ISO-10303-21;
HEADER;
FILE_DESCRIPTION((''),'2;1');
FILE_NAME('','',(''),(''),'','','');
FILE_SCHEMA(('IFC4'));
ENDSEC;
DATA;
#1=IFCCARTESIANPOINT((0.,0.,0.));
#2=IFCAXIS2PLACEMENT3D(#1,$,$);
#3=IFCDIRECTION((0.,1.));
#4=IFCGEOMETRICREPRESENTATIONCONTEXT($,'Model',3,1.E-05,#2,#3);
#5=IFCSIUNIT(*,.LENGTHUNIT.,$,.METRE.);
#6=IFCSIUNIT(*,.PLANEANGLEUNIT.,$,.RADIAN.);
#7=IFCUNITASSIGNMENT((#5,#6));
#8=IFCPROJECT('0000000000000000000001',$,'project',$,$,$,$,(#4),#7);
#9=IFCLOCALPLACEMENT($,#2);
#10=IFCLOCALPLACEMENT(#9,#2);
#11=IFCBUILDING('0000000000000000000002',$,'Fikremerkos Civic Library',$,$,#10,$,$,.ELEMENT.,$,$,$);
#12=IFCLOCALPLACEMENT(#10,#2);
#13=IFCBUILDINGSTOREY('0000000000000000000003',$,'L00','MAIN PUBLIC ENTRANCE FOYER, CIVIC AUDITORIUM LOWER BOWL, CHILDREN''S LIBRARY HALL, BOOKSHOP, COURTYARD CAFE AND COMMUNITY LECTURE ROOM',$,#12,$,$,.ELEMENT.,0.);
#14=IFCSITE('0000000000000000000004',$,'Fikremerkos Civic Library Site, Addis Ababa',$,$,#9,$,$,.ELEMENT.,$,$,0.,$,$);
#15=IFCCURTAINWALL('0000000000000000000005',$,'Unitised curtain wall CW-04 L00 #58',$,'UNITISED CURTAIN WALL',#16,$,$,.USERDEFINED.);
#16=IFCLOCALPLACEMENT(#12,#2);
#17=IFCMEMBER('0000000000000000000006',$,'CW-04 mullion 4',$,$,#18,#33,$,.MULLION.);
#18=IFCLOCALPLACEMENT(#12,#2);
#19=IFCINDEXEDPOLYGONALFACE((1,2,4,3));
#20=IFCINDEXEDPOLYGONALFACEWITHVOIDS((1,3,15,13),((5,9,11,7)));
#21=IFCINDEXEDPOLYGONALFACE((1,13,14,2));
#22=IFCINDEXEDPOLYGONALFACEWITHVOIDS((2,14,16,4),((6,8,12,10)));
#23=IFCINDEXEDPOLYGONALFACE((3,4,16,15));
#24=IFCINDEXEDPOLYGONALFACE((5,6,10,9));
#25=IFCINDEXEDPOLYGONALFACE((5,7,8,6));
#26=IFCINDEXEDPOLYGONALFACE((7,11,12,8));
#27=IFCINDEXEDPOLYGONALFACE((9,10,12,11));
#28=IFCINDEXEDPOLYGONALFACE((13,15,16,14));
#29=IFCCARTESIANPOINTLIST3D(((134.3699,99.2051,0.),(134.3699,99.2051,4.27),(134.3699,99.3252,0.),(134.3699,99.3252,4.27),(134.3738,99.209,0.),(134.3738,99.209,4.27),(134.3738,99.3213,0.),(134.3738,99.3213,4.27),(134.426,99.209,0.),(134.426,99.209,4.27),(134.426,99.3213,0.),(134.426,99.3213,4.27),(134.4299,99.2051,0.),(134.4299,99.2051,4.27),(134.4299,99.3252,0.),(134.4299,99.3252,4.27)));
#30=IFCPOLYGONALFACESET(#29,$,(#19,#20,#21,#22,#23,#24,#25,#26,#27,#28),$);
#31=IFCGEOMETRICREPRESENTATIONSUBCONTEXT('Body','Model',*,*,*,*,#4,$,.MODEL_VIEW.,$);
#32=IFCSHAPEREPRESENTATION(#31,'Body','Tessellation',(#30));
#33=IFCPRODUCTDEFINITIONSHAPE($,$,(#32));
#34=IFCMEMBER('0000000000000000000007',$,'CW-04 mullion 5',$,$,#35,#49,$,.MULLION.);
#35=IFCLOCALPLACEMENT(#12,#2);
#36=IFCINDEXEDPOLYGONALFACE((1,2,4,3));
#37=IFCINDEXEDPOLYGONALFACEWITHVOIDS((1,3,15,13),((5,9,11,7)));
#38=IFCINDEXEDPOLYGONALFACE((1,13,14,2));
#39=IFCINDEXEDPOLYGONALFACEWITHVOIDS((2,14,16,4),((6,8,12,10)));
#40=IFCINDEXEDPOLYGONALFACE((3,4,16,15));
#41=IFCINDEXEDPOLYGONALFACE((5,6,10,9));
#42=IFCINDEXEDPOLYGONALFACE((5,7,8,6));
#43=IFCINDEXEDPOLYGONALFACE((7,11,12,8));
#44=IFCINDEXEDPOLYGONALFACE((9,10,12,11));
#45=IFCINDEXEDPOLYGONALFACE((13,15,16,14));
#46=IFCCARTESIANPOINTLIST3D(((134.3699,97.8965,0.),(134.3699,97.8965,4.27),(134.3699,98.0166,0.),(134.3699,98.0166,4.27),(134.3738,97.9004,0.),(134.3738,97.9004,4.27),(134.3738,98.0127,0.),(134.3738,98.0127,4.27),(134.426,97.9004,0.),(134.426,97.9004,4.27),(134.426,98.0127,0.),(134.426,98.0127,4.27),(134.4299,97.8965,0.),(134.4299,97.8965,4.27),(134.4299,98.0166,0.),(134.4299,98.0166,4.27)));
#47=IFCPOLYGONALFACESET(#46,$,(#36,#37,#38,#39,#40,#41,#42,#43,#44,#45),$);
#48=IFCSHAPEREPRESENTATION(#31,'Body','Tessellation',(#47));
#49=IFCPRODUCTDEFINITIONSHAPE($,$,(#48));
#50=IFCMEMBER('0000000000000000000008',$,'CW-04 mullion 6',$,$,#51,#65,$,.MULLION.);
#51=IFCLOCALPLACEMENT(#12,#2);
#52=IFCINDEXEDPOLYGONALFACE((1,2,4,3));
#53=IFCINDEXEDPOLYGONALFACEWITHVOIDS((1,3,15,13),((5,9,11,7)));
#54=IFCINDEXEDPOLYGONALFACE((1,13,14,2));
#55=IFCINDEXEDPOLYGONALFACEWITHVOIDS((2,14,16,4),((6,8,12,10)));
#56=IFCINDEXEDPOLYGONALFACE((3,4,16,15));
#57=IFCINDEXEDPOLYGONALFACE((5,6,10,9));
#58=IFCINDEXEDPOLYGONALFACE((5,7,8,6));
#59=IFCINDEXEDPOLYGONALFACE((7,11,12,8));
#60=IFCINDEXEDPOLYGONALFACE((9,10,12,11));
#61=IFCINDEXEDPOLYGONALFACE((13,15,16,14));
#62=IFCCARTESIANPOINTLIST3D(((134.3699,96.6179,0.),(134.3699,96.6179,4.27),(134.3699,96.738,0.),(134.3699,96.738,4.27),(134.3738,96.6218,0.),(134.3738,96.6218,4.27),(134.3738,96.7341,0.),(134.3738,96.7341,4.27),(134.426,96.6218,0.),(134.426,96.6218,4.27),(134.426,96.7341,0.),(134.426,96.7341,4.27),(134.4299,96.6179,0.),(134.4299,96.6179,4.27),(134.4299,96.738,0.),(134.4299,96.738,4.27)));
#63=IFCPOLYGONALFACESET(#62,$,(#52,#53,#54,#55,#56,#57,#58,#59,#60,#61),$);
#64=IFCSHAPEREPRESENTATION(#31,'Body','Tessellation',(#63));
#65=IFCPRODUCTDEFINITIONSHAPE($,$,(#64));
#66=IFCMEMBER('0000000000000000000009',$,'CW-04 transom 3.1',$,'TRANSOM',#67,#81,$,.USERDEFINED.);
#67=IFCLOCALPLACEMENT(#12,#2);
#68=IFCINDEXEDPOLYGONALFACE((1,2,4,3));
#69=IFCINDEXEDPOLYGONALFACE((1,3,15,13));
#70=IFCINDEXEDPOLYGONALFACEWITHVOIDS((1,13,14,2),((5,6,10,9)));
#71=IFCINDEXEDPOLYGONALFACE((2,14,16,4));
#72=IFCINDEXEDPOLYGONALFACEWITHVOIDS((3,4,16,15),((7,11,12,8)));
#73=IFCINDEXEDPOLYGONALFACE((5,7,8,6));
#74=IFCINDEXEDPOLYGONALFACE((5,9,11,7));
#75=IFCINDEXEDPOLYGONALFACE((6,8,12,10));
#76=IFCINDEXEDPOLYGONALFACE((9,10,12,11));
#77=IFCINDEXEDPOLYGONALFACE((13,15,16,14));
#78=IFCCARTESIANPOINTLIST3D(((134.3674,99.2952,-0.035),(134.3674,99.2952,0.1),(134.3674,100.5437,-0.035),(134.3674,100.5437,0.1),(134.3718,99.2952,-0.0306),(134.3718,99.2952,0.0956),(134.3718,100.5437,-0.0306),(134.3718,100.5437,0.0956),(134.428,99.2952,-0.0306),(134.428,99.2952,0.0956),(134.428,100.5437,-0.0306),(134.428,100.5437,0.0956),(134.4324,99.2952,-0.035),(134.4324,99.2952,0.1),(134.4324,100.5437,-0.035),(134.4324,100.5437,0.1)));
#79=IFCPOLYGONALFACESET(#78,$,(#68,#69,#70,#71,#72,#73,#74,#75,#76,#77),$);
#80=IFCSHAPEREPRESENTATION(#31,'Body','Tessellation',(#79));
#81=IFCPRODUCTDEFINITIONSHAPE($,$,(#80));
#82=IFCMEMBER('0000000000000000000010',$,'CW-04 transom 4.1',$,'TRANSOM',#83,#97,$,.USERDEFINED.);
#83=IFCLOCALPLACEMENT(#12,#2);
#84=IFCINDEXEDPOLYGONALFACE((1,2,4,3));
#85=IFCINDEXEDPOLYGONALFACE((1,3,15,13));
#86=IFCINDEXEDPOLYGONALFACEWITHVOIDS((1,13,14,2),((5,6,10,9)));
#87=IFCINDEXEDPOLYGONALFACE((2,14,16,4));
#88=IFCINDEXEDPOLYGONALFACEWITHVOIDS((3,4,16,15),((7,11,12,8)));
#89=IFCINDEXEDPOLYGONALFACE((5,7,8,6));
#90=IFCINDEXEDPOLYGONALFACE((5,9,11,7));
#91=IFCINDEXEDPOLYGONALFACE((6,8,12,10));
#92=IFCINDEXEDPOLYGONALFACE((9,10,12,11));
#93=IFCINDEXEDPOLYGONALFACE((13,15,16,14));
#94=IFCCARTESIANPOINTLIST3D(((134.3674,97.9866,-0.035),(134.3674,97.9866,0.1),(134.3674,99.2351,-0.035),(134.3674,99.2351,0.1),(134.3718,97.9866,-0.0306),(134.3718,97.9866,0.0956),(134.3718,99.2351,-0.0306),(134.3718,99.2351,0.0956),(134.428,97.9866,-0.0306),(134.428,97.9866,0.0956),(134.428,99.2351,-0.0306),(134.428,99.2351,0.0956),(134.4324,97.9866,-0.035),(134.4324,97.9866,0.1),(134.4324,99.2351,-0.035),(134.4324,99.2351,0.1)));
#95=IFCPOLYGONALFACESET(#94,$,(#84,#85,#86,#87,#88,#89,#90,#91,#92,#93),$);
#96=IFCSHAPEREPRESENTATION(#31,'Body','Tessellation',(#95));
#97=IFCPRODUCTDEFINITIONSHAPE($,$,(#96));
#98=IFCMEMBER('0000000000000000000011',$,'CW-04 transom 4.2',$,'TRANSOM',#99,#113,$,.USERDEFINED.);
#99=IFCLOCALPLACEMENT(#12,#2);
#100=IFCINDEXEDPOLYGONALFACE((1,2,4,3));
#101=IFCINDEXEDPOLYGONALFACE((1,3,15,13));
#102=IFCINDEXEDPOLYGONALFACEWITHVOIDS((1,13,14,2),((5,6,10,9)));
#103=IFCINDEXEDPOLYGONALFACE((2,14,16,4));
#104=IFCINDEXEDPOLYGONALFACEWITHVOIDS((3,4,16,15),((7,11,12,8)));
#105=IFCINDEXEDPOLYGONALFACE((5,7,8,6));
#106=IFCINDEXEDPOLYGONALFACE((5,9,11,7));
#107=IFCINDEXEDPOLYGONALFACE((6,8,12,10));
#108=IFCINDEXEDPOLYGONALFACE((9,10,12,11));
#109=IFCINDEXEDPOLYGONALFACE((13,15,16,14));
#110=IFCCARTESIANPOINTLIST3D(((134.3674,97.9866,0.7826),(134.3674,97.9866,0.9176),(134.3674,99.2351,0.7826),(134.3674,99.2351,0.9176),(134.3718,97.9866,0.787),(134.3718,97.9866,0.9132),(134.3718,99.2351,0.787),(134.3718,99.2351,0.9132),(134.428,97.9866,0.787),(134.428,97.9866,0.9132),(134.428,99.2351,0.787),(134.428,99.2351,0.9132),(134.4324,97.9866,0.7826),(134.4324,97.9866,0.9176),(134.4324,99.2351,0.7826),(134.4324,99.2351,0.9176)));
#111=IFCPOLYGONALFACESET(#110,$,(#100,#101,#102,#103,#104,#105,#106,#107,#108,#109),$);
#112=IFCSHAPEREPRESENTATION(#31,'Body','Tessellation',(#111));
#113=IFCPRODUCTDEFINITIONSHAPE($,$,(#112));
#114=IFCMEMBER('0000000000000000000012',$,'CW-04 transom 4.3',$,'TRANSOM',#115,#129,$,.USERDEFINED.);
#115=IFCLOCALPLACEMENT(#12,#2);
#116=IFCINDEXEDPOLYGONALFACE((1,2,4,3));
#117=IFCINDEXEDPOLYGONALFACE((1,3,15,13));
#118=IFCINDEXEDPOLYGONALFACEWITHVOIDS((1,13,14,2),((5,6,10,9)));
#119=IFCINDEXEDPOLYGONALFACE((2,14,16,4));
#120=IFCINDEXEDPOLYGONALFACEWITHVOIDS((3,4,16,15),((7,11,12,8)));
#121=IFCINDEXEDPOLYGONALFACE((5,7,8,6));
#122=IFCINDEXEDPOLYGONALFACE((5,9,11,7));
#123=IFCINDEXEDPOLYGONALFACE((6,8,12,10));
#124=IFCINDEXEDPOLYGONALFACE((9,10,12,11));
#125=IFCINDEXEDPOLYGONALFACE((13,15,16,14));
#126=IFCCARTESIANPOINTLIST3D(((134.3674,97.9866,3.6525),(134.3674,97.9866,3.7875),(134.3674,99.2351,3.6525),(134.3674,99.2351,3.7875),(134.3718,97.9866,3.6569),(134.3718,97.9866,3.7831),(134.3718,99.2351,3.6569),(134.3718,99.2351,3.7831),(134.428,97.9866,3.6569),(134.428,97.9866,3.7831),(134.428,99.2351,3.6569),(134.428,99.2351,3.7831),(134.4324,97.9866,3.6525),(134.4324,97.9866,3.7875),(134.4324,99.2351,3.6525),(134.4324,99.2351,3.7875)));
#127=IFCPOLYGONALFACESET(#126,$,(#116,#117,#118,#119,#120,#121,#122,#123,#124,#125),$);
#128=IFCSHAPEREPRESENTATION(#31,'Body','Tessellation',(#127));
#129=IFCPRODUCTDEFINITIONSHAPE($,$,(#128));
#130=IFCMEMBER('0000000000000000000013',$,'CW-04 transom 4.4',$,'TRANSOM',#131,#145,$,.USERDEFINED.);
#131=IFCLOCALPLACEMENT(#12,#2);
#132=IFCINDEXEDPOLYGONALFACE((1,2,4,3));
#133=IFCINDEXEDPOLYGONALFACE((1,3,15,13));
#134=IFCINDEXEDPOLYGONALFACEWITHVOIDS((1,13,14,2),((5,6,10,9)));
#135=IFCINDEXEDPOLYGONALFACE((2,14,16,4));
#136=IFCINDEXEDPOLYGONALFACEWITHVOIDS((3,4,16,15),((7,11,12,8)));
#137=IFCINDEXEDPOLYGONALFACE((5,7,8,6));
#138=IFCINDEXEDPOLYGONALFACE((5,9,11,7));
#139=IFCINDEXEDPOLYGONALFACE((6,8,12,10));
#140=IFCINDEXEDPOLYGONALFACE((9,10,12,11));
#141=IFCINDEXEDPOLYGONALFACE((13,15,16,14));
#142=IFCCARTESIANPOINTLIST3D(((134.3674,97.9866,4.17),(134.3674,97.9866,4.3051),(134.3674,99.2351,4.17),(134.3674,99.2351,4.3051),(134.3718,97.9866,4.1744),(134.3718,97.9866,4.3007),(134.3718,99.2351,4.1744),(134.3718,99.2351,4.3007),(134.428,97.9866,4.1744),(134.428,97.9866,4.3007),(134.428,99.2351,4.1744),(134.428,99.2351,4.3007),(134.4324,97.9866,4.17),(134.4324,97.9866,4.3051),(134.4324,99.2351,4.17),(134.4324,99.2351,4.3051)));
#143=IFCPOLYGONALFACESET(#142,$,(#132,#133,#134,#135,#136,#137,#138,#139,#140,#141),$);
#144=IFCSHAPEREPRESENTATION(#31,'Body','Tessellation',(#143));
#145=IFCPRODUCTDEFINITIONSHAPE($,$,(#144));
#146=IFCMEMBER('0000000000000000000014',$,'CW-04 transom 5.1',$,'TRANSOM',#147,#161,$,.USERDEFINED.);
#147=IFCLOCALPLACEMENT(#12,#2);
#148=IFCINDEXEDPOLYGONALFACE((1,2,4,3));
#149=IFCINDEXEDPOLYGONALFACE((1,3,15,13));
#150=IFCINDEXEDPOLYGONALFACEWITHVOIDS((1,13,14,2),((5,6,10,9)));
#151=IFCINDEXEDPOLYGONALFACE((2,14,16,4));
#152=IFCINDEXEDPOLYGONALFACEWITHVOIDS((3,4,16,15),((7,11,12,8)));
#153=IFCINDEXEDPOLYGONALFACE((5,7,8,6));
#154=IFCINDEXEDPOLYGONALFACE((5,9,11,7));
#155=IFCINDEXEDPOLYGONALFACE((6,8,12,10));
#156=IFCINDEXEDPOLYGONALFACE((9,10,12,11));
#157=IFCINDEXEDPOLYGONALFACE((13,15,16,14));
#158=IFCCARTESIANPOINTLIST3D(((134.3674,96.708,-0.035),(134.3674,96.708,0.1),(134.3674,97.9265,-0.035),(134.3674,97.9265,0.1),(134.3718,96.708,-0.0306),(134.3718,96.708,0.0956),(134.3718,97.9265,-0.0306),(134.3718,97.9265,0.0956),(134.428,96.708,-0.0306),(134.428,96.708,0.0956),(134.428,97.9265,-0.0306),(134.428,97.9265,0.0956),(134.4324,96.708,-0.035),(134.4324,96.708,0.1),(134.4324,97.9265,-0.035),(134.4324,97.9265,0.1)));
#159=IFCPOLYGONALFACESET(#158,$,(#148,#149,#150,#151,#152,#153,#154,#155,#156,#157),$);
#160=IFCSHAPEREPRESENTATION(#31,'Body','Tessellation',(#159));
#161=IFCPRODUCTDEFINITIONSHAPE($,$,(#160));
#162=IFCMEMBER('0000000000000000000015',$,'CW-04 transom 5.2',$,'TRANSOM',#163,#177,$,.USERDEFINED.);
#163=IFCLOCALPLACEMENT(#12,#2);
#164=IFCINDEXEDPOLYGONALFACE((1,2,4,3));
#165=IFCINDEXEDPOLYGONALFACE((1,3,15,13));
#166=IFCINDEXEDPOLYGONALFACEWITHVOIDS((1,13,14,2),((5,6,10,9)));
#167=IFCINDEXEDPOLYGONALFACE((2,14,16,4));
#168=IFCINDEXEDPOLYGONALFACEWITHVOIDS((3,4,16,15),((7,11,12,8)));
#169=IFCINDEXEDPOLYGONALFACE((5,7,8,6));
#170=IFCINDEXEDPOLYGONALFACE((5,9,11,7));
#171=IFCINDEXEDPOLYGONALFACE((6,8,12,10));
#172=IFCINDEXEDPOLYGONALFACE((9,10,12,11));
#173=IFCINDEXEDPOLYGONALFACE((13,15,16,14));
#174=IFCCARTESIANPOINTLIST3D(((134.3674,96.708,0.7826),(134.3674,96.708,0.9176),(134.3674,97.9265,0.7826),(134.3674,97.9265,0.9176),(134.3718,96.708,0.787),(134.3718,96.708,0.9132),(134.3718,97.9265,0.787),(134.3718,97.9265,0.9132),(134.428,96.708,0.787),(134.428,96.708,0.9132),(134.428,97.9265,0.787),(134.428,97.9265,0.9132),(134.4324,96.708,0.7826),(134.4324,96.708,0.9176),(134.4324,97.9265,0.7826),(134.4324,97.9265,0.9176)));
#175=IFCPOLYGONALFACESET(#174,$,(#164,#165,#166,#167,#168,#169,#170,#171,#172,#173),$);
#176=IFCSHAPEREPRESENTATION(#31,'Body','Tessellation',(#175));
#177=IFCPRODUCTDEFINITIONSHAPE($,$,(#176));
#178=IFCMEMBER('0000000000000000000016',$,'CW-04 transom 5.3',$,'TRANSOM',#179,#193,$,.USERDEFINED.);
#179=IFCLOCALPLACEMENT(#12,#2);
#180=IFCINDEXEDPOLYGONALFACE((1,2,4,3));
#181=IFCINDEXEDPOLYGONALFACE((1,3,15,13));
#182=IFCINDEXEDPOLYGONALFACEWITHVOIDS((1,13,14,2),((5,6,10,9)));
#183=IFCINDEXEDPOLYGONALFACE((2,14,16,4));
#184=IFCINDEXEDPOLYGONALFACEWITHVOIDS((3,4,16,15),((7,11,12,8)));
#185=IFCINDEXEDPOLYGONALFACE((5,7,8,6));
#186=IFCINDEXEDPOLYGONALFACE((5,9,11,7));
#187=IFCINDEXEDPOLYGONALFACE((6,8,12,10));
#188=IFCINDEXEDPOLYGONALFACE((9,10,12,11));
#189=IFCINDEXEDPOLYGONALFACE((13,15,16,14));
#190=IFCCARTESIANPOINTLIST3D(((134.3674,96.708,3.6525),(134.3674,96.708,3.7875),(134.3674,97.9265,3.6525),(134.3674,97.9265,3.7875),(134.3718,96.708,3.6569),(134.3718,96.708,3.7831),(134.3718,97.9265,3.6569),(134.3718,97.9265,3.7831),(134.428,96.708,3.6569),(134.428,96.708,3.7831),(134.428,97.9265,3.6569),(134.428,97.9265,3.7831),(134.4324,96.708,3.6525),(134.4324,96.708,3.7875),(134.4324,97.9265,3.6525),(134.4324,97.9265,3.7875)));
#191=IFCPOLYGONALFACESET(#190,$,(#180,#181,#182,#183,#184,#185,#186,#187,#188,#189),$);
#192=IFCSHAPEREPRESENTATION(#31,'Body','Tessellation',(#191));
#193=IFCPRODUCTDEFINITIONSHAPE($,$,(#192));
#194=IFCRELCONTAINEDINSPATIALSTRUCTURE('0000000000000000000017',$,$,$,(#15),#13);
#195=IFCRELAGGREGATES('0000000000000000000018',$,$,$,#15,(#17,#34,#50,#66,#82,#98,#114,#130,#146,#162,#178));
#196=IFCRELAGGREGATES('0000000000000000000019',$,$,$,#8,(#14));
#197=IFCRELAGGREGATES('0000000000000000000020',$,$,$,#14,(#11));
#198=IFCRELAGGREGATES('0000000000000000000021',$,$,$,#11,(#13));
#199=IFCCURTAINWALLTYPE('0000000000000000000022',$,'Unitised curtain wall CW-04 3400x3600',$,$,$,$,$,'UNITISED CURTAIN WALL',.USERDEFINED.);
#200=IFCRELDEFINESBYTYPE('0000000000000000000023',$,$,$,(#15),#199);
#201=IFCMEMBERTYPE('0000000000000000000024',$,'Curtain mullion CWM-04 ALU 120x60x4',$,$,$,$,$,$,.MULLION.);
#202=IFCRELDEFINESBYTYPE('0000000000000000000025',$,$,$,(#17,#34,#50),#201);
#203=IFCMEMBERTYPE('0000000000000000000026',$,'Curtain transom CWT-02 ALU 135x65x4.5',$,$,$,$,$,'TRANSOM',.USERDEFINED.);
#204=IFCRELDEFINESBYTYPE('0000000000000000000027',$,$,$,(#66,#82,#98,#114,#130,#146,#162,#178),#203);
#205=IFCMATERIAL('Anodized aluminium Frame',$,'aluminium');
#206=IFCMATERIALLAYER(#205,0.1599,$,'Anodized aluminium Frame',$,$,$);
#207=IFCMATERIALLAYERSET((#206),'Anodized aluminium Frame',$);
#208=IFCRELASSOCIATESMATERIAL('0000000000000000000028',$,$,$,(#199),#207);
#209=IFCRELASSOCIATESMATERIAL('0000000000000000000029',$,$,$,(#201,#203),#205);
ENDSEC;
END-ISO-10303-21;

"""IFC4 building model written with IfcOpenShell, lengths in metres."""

from ifc_helpers import new_model, si_unit, direction, frame, origin, origin_2d, place, context, subcontext, project, spatial, hollow_rectangle, extrude, material, layer, layer_set, material_profile, profile_set, type_object, element, aggregate, save


model = new_model("IFC4")

# Units and contexts
model_context = context("Model", 3, precision=1e-05, world=origin(), true_north=direction((0.0, 1.0)))
body_context = subcontext(model_context, "Body", "Model", "MODEL_VIEW")
ifc_project = project(units=[si_unit("LENGTHUNIT", "METRE"), si_unit("PLANEANGLEUNIT", "RADIAN")], contexts=[model_context])

# Site, building, storey
site_placement = place(None, origin())
site = spatial("IfcSite", under=ifc_project, at=site_placement, Name="Fikremerkos Civic Library Site, Addis Ababa", CompositionType="ELEMENT", RefElevation=0.0)
building_placement = place(site_placement, origin())
building = spatial("IfcBuilding", under=site, at=building_placement, Name="Fikremerkos Civic Library", CompositionType="ELEMENT")
storey_placement = place(building_placement, origin())
storey = spatial("IfcBuildingStorey", under=building, at=storey_placement, Name="L00", Description="MAIN PUBLIC ENTRANCE FOYER, CIVIC AUDITORIUM LOWER BOWL, CHILDREN'S LIBRARY HALL, BOOKSHOP, COURTYARD CAFE AND COMMUNITY LECTURE ROOM", CompositionType="ELEMENT", Elevation=0.0)

# Curtain wall, members
ifc_material_1 = material(Name="Anodized aluminium Frame", Category="aluminium")
ifc_layer_1 = layer(ifc_material_1, 0.1599, Name="Anodized aluminium Frame")
ifc_layer_set_1 = layer_set([ifc_layer_1], Name="Anodized aluminium Frame")
curtain_wall_type = type_object("IfcCurtainWallType", Name="Unitised curtain wall CW-04 3400x3600", ElementType="UNITISED CURTAIN WALL", PredefinedType="USERDEFINED", material=ifc_layer_set_1)
curtain_wall_placement = place(storey_placement, origin())
curtain_wall = element("IfcCurtainWall", 1, at=curtain_wall_placement, inside=storey, type_object=curtain_wall_type, Name="Unitised curtain wall CW-04 L00 #58", ObjectType="UNITISED CURTAIN WALL", PredefinedType="USERDEFINED")
ifc_material_profile_1 = material_profile(ifc_material_1, hollow_rectangle(XDim=0.0601, YDim=0.1201, WallThickness=0.0039, at=origin_2d()), Name="ALU 120x60x4")
ifc_profile_set_1 = profile_set([ifc_material_profile_1], Name="Anodized aluminium Frame")
member_type_1 = type_object("IfcMemberType", Name="Curtain mullion CWM-04 ALU 120x60x4", PredefinedType="MULLION", material=ifc_profile_set_1)
member_1_placement = place(storey_placement, frame((134.3999, 99.2651, 0.0), z_axis=(0.0, 0.0, 1.0), x_axis=(1.0, 0.0, 0.0)))
member_1 = element("IfcMember", 2, at=member_1_placement, type_object=member_type_1, Name="CW-04 mullion 4", PredefinedType="MULLION", context=body_context, shape_type="SweptSolid", body=[
    extrude(hollow_rectangle(XDim=0.0601, YDim=0.1201, WallThickness=0.0039, at=origin_2d()), origin(), (0.0, 0.0, 1.0), 4.27),
])
member_2_placement = place(storey_placement, frame((134.3999, 97.9565, 0.0), z_axis=(0.0, 0.0, 1.0), x_axis=(1.0, 0.0, 0.0)))
member_2 = element("IfcMember", 3, at=member_2_placement, type_object=member_type_1, Name="CW-04 mullion 5", PredefinedType="MULLION", context=body_context, shape_type="SweptSolid", body=[
    extrude(hollow_rectangle(XDim=0.0601, YDim=0.1201, WallThickness=0.0039, at=origin_2d()), origin(), (0.0, 0.0, 1.0), 4.27),
])
member_3_placement = place(storey_placement, frame((134.3999, 96.678, 0.0), z_axis=(0.0, 0.0, 1.0), x_axis=(1.0, 0.0, 0.0)))
member_3 = element("IfcMember", 4, at=member_3_placement, type_object=member_type_1, Name="CW-04 mullion 6", PredefinedType="MULLION", context=body_context, shape_type="SweptSolid", body=[
    extrude(hollow_rectangle(XDim=0.0601, YDim=0.1201, WallThickness=0.0039, at=origin_2d()), origin(), (0.0, 0.0, 1.0), 4.27),
])
ifc_material_profile_2 = material_profile(ifc_material_1, hollow_rectangle(XDim=0.0649, YDim=0.135, WallThickness=0.0044, at=origin_2d()), Name="ALU 135x65x4.5")
ifc_profile_set_2 = profile_set([ifc_material_profile_2], Name="Anodized aluminium Frame")
member_type_2 = type_object("IfcMemberType", Name="Curtain transom CWT-02 ALU 135x65x4.5", ElementType="TRANSOM", PredefinedType="USERDEFINED", material=ifc_profile_set_2)
member_4_placement = place(storey_placement, frame((134.3999, 100.5437, 0.0325), z_axis=(0.0, -1.0, 0.0), x_axis=(1.0, 0.0, 0.0)))
member_4 = element("IfcMember", 5, at=member_4_placement, type_object=member_type_2, Name="CW-04 transom 3.1", ObjectType="TRANSOM", PredefinedType="USERDEFINED", context=body_context, shape_type="SweptSolid", body=[
    extrude(hollow_rectangle(XDim=0.0649, YDim=0.135, WallThickness=0.0044, at=origin_2d()), origin(), (0.0, 0.0, 1.0), 1.2485),
])
member_5_placement = place(storey_placement, frame((134.3999, 99.2351, 0.0325), z_axis=(0.0, -1.0, 0.0), x_axis=(1.0, 0.0, 0.0)))
member_5 = element("IfcMember", 6, at=member_5_placement, type_object=member_type_2, Name="CW-04 transom 4.1", ObjectType="TRANSOM", PredefinedType="USERDEFINED", context=body_context, shape_type="SweptSolid", body=[
    extrude(hollow_rectangle(XDim=0.0649, YDim=0.135, WallThickness=0.0044, at=origin_2d()), origin(), (0.0, 0.0, 1.0), 1.2485),
])
member_6_placement = place(storey_placement, frame((134.3999, 99.2351, 0.8501), z_axis=(0.0, -1.0, 0.0), x_axis=(1.0, 0.0, 0.0)))
member_6 = element("IfcMember", 7, at=member_6_placement, type_object=member_type_2, Name="CW-04 transom 4.2", ObjectType="TRANSOM", PredefinedType="USERDEFINED", context=body_context, shape_type="SweptSolid", body=[
    extrude(hollow_rectangle(XDim=0.0649, YDim=0.135, WallThickness=0.0044, at=origin_2d()), origin(), (0.0, 0.0, 1.0), 1.2485),
])
member_7_placement = place(storey_placement, frame((134.3999, 99.2351, 3.72), z_axis=(0.0, -1.0, 0.0), x_axis=(1.0, 0.0, 0.0)))
member_7 = element("IfcMember", 8, at=member_7_placement, type_object=member_type_2, Name="CW-04 transom 4.3", ObjectType="TRANSOM", PredefinedType="USERDEFINED", context=body_context, shape_type="SweptSolid", body=[
    extrude(hollow_rectangle(XDim=0.0649, YDim=0.135, WallThickness=0.0044, at=origin_2d()), origin(), (0.0, 0.0, 1.0), 1.2485),
])
member_8_placement = place(storey_placement, frame((134.3999, 99.2351, 4.2375), z_axis=(0.0, -1.0, 0.0), x_axis=(1.0, 0.0, 0.0)))
member_8 = element("IfcMember", 9, at=member_8_placement, type_object=member_type_2, Name="CW-04 transom 4.4", ObjectType="TRANSOM", PredefinedType="USERDEFINED", context=body_context, shape_type="SweptSolid", body=[
    extrude(hollow_rectangle(XDim=0.0649, YDim=0.135, WallThickness=0.0044, at=origin_2d()), origin(), (0.0, 0.0, 1.0), 1.2485),
])
member_9_placement = place(storey_placement, frame((134.3999, 97.9265, 0.0325), z_axis=(0.0, -1.0, 0.0), x_axis=(1.0, 0.0, 0.0)))
member_9 = element("IfcMember", 10, at=member_9_placement, type_object=member_type_2, Name="CW-04 transom 5.1", ObjectType="TRANSOM", PredefinedType="USERDEFINED", context=body_context, shape_type="SweptSolid", body=[
    extrude(hollow_rectangle(XDim=0.0649, YDim=0.135, WallThickness=0.0044, at=origin_2d()), origin(), (0.0, 0.0, 1.0), 1.2185),
])
member_10_placement = place(storey_placement, frame((134.3999, 97.9265, 0.8501), z_axis=(0.0, -1.0, 0.0), x_axis=(1.0, 0.0, 0.0)))
member_10 = element("IfcMember", 11, at=member_10_placement, type_object=member_type_2, Name="CW-04 transom 5.2", ObjectType="TRANSOM", PredefinedType="USERDEFINED", context=body_context, shape_type="SweptSolid", body=[
    extrude(hollow_rectangle(XDim=0.0649, YDim=0.135, WallThickness=0.0044, at=origin_2d()), origin(), (0.0, 0.0, 1.0), 1.2185),
])
member_11_placement = place(storey_placement, frame((134.3999, 97.9265, 3.72), z_axis=(0.0, -1.0, 0.0), x_axis=(1.0, 0.0, 0.0)))
member_11 = element("IfcMember", 12, at=member_11_placement, type_object=member_type_2, Name="CW-04 transom 5.3", ObjectType="TRANSOM", PredefinedType="USERDEFINED", context=body_context, shape_type="SweptSolid", body=[
    extrude(hollow_rectangle(XDim=0.0649, YDim=0.135, WallThickness=0.0044, at=origin_2d()), origin(), (0.0, 0.0, 1.0), 1.2185),
])

aggregate(curtain_wall, [member_1, member_2, member_3, member_4, member_5, member_6, member_7, member_8, member_9, member_10, member_11])

save(model, "model.ifc")
